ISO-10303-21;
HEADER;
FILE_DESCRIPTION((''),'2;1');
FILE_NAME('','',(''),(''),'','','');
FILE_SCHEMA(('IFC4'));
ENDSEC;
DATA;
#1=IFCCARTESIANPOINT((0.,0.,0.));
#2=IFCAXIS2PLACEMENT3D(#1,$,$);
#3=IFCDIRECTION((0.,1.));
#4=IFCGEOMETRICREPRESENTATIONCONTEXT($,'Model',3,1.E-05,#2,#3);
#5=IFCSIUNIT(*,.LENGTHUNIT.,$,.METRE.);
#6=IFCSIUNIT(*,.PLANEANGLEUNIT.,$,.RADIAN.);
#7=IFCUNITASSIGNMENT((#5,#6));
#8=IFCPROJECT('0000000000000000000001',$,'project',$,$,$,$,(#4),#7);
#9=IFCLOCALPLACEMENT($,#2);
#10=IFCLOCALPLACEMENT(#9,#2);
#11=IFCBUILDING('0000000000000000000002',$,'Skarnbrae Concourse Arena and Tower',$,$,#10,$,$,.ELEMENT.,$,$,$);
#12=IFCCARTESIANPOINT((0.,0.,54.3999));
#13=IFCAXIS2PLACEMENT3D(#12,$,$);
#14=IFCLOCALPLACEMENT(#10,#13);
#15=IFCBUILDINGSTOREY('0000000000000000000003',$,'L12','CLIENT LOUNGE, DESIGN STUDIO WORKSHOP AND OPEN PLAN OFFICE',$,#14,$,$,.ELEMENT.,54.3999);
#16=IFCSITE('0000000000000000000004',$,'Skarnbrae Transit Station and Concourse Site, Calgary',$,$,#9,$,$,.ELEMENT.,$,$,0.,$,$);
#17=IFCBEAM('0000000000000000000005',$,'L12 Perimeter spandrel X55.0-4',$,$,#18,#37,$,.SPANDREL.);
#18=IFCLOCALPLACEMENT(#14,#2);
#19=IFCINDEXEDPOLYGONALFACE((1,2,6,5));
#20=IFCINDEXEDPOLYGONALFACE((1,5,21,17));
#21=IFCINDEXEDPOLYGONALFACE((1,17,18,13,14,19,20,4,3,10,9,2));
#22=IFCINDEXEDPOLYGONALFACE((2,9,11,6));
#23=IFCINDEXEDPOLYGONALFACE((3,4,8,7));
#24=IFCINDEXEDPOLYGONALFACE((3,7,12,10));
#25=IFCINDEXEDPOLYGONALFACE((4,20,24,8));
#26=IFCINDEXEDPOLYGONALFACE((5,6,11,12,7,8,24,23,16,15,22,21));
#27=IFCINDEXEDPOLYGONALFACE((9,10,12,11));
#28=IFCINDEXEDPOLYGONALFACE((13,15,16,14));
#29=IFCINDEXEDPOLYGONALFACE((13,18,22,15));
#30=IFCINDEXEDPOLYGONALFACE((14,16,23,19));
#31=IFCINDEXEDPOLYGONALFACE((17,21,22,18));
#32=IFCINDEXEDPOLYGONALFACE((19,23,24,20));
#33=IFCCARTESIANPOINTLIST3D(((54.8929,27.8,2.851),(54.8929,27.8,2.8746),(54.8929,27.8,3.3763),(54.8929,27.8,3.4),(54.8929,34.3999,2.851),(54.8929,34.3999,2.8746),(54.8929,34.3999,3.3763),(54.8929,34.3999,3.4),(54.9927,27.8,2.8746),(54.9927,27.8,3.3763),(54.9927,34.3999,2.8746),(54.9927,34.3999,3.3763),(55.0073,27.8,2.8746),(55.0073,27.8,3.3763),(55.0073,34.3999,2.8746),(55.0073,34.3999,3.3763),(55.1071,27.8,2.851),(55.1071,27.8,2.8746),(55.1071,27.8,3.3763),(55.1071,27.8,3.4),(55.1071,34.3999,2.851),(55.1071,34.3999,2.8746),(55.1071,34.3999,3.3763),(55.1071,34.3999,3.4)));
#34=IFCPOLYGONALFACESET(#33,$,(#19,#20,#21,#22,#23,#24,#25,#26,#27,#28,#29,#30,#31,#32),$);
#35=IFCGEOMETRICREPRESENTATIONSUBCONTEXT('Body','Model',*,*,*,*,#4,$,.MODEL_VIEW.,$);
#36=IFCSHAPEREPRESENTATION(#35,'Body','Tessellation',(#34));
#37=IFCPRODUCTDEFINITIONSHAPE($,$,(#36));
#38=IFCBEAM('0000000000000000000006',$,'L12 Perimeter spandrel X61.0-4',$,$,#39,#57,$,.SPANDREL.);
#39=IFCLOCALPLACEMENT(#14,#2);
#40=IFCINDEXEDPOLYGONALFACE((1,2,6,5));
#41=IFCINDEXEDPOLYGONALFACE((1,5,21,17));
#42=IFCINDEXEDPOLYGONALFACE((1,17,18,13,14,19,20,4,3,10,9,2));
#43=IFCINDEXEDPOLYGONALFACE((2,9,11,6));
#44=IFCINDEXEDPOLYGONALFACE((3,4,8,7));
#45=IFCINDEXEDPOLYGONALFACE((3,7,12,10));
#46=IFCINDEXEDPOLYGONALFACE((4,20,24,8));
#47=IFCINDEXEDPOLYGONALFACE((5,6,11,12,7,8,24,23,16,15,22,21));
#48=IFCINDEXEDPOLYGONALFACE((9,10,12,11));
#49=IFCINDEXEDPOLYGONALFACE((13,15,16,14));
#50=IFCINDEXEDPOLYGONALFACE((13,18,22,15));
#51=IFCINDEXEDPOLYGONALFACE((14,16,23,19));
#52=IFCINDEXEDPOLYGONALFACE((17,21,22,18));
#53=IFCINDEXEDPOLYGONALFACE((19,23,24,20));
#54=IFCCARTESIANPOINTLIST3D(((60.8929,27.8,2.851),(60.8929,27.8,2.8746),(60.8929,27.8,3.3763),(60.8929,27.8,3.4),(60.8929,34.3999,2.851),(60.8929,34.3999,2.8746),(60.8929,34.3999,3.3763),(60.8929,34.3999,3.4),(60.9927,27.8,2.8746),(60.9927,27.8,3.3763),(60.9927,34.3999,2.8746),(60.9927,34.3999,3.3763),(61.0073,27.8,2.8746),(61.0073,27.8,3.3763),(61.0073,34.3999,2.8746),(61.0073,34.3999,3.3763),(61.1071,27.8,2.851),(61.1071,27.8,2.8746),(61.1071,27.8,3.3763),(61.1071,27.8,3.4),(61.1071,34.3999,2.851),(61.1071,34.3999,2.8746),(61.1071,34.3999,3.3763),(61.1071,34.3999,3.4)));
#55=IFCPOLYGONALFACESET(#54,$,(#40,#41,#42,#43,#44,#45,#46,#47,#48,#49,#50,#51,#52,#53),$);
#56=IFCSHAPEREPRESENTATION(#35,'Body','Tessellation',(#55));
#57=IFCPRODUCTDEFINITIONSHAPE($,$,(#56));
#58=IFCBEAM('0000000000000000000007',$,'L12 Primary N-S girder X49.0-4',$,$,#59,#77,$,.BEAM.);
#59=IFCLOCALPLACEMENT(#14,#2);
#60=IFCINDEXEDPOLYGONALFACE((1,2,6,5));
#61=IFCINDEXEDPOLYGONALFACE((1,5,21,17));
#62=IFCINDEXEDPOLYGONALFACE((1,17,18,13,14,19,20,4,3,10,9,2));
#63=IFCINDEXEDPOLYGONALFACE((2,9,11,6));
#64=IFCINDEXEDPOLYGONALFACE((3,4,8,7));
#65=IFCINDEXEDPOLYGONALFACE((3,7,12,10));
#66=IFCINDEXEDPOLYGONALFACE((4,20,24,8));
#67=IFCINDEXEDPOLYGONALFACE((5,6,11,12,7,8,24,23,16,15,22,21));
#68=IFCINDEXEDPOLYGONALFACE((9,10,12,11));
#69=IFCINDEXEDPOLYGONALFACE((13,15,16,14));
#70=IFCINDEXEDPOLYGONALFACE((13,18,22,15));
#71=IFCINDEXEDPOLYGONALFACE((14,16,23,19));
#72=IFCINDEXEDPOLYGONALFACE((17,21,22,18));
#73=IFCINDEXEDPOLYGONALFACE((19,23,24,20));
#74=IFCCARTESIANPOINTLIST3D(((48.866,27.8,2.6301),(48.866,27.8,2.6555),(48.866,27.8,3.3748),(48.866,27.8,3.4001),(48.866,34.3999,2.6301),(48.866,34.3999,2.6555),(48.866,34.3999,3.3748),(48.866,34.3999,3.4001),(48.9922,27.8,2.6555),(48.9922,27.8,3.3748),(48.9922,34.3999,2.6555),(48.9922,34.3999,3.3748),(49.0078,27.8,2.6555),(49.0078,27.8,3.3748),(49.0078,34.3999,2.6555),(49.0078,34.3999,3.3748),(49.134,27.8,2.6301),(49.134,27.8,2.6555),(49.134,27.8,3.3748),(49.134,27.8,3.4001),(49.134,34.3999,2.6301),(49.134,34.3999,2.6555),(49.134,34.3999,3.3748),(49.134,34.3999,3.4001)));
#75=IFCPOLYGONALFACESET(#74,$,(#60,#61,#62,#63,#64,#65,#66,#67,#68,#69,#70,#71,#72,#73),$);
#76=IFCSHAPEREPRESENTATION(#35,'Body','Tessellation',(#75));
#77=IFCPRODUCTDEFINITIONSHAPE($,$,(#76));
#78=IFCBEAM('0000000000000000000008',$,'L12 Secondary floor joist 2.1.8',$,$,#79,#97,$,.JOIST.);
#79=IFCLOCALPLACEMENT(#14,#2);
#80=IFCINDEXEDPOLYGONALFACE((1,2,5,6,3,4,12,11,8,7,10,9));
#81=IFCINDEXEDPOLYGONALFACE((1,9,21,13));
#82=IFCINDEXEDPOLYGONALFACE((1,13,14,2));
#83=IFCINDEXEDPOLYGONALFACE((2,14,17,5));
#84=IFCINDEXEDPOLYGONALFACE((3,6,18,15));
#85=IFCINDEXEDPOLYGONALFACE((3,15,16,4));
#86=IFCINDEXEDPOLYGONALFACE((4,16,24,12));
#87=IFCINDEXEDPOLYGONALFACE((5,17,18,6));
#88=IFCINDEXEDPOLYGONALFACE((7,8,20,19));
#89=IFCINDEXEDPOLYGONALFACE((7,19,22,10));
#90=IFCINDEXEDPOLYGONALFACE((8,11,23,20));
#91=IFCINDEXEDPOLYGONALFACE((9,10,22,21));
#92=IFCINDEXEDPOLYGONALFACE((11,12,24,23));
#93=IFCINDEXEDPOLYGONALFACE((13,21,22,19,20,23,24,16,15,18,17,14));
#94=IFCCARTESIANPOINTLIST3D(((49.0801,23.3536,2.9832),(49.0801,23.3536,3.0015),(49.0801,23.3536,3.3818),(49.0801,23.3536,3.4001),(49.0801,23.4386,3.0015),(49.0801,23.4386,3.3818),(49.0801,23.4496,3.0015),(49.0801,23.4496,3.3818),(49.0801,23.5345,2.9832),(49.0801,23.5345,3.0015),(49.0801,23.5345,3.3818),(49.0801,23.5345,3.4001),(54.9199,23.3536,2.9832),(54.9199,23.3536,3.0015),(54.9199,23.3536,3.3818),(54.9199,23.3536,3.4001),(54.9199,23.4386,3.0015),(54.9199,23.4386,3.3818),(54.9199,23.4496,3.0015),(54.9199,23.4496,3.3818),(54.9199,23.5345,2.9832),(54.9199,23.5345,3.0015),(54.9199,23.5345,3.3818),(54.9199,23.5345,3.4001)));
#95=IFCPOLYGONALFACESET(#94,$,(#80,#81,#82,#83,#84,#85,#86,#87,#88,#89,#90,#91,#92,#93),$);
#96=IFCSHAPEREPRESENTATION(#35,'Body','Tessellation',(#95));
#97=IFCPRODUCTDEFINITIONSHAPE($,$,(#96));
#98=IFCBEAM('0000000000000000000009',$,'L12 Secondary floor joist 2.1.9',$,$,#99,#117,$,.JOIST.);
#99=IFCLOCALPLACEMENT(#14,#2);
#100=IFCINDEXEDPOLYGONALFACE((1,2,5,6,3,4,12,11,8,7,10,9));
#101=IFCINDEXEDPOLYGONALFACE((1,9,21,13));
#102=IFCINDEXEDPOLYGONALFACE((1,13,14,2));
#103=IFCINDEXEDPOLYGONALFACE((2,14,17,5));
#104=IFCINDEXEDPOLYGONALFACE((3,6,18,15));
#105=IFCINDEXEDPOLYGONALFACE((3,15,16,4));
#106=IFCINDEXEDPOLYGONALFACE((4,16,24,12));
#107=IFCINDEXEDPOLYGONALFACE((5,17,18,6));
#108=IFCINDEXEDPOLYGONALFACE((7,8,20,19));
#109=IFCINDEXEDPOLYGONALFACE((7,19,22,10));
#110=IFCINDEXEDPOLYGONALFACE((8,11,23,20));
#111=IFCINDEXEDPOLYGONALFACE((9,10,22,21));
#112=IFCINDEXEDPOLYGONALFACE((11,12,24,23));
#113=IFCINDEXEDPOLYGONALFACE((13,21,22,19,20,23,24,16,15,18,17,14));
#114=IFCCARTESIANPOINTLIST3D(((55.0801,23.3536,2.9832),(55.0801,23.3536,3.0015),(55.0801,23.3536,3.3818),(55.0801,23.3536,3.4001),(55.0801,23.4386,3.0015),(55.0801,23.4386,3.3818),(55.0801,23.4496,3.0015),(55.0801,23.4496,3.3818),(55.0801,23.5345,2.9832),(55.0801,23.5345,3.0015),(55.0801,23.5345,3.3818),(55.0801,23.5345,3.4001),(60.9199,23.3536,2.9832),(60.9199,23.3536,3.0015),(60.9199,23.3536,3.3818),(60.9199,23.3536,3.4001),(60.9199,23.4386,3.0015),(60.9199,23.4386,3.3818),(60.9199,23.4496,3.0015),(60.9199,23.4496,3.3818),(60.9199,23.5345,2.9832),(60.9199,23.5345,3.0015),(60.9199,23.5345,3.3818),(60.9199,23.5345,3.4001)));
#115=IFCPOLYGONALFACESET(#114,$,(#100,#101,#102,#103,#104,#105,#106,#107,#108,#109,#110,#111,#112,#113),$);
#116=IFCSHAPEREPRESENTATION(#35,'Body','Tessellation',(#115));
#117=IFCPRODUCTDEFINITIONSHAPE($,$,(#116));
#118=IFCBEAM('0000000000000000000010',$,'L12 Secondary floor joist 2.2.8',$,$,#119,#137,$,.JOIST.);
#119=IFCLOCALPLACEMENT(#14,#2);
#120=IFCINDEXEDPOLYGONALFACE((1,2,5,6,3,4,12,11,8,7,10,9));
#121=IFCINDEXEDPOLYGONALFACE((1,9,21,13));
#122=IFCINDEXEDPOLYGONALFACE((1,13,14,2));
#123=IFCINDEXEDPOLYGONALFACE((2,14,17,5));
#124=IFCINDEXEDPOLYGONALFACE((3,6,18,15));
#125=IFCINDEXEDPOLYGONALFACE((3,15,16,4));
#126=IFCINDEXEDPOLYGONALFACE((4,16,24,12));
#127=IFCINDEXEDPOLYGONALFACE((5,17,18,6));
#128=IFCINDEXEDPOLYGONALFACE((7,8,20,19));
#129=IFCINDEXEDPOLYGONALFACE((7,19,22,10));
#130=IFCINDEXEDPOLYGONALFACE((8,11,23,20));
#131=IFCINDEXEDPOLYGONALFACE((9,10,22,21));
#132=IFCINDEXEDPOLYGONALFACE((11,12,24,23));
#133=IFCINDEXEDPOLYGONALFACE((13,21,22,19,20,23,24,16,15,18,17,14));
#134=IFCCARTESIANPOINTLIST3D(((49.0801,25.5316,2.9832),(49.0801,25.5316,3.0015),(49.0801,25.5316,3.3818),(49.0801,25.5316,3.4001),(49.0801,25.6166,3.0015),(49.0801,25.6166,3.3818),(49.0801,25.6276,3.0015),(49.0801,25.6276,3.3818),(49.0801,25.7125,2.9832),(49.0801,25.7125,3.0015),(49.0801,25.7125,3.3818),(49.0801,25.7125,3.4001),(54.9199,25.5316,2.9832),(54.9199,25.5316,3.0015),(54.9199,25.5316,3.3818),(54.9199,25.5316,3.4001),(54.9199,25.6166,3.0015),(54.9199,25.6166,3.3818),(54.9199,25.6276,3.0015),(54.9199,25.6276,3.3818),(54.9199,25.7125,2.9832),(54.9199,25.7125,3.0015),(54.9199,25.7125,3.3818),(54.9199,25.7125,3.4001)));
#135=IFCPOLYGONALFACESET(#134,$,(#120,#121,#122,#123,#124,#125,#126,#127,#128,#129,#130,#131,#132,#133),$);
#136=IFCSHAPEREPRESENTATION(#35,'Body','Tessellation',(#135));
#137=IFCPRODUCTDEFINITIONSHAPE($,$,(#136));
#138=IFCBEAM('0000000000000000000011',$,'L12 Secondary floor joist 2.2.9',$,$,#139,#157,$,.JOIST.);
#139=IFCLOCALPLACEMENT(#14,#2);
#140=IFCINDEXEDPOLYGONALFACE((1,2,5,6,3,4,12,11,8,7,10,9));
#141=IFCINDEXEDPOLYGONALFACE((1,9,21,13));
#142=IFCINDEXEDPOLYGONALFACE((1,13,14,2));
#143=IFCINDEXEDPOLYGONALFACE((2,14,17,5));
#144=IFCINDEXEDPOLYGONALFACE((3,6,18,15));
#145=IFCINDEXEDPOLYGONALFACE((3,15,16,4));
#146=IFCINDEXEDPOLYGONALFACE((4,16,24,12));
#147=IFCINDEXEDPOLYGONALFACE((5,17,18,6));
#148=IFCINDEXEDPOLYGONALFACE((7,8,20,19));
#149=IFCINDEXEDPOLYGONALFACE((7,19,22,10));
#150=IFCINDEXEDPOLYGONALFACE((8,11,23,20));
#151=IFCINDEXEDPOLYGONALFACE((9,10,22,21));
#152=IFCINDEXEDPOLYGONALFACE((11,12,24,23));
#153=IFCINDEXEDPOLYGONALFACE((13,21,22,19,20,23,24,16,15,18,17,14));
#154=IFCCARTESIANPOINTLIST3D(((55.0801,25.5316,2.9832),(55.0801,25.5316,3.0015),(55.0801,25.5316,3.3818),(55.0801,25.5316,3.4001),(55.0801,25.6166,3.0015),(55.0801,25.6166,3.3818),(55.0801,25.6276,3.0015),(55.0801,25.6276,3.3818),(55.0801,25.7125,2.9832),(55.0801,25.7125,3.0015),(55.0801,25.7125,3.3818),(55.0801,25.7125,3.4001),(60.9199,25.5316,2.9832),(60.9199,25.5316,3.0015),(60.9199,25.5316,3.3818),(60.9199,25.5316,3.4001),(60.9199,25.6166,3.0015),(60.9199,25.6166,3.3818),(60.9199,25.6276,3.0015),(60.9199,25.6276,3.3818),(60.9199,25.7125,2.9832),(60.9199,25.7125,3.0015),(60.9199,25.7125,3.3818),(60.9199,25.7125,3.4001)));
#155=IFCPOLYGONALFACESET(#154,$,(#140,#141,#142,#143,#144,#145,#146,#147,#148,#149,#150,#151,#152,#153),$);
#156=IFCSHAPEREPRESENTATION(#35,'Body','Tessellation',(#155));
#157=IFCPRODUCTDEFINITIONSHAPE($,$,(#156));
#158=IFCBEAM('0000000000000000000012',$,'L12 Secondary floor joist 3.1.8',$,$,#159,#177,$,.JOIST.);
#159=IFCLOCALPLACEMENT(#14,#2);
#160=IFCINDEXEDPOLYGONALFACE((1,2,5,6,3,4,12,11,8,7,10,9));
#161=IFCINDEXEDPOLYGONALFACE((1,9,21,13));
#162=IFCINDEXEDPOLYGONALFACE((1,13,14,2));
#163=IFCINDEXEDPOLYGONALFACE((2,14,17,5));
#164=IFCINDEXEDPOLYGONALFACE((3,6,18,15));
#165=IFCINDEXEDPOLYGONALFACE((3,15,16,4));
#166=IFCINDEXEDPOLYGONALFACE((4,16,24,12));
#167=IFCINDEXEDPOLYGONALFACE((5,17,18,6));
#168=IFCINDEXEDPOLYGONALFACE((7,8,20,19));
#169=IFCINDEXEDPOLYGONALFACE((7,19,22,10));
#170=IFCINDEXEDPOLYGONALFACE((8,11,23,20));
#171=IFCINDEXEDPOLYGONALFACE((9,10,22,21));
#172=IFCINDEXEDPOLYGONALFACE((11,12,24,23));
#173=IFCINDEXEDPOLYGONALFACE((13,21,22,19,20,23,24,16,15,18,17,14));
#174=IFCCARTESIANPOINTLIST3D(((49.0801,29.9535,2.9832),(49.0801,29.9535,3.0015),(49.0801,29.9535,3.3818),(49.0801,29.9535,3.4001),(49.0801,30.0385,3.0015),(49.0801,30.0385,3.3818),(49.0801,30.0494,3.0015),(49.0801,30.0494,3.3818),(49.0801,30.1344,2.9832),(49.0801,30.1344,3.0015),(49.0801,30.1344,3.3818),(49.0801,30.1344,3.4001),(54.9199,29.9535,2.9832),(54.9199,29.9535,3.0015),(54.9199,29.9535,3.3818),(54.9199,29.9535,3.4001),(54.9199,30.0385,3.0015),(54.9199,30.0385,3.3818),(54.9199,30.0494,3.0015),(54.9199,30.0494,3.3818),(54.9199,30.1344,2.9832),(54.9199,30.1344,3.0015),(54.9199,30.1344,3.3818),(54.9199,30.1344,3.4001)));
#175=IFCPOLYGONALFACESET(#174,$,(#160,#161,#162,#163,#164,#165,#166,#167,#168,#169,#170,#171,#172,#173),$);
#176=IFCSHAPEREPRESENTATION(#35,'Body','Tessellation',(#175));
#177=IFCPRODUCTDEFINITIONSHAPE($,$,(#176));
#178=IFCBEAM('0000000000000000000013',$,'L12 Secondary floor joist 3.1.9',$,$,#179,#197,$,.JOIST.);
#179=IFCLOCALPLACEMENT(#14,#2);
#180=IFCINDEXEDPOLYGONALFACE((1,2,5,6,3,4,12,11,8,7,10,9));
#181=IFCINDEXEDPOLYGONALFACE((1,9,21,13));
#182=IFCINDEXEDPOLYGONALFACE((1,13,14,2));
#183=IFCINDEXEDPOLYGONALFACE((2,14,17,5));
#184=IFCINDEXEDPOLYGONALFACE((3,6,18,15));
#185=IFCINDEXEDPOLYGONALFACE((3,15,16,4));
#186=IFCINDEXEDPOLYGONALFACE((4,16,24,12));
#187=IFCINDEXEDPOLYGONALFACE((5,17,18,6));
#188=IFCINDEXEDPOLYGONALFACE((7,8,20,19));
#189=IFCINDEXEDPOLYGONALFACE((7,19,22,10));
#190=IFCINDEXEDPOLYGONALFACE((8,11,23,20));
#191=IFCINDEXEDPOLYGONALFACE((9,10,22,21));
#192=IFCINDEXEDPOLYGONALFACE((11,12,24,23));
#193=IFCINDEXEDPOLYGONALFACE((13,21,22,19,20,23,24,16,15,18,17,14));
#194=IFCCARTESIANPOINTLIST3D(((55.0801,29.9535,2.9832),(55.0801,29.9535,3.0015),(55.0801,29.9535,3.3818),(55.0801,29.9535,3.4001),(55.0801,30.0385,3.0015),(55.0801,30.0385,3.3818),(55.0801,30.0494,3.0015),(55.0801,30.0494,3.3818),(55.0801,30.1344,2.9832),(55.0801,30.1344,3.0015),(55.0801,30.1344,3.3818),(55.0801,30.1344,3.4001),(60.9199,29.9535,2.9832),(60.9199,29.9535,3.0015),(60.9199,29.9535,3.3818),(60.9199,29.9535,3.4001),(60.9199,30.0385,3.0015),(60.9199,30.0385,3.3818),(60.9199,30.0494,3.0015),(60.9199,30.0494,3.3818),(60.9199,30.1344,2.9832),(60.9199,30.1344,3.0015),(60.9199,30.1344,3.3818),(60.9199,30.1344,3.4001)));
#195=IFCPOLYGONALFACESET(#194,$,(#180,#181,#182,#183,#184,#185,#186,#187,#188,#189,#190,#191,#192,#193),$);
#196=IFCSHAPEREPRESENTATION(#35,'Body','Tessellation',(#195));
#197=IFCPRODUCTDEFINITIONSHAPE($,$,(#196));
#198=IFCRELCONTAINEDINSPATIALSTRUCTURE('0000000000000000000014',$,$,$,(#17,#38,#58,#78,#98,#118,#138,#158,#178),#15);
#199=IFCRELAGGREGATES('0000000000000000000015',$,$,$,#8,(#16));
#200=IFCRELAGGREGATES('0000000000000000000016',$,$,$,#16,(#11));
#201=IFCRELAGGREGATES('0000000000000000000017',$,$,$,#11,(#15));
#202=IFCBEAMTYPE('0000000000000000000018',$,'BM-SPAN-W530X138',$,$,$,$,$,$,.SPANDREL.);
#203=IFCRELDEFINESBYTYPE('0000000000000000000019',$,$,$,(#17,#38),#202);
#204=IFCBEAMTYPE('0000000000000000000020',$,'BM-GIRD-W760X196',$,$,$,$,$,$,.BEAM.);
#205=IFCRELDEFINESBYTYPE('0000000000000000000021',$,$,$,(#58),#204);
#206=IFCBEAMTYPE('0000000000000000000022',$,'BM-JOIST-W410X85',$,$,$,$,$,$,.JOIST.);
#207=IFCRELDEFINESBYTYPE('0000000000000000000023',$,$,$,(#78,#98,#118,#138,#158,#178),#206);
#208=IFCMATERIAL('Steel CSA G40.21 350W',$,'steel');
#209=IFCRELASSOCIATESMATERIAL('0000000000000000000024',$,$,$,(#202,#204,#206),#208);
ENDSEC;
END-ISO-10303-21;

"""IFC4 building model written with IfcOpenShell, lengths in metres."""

from ifc_helpers import new_model, si_unit, direction, frame, origin, origin_2d, place, context, subcontext, project, spatial, i_section, extrude, source, transform, mapped, material, material_profile, profile_set, type_object, element, save


model = new_model("IFC4")

# Units and contexts
model_context = context("Model", 3, precision=1e-05, world=origin(), true_north=direction((0.0, 1.0)))
body_context = subcontext(model_context, "Body", "Model", "MODEL_VIEW")
ifc_project = project(units=[si_unit("LENGTHUNIT", "METRE"), si_unit("PLANEANGLEUNIT", "RADIAN")], contexts=[model_context])

# Site, building, storey
site_placement = place(None, origin())
site = spatial("IfcSite", under=ifc_project, at=site_placement, Name="Skarnbrae Transit Station and Concourse Site, Calgary", CompositionType="ELEMENT", RefElevation=0.0)
building_placement = place(site_placement, origin())
building = spatial("IfcBuilding", under=site, at=building_placement, Name="Skarnbrae Concourse Arena and Tower", CompositionType="ELEMENT")
storey_placement = place(building_placement, frame((0.0, 0.0, 54.3999)))
storey = spatial("IfcBuildingStorey", under=building, at=storey_placement, Name="L12", Description="CLIENT LOUNGE, DESIGN STUDIO WORKSHOP AND OPEN PLAN OFFICE", CompositionType="ELEMENT", Elevation=54.3999)

# Shared definitions
ifc_material_1 = material(Name="Steel CSA G40.21 350W", Category="steel")

# Beams
ifc_material_profile_1 = material_profile(ifc_material_1, i_section(OverallWidth=0.2141, OverallDepth=0.5491, WebThickness=0.0146, FlangeThickness=0.0237, at=origin_2d()), Name="W530X138")
ifc_profile_set_1 = profile_set([ifc_material_profile_1], Name="Steel CSA G40.21 350W")
beam_type_1 = type_object("IfcBeamType", Name="BM-SPAN-W530X138", PredefinedType="SPANDREL", material=ifc_profile_set_1)
ifc_material_profile_2 = material_profile(ifc_material_1, i_section(OverallWidth=0.2681, OverallDepth=0.77, WebThickness=0.0156, FlangeThickness=0.0254, at=origin_2d()), Name="W760X196")
ifc_profile_set_2 = profile_set([ifc_material_profile_2], Name="Steel CSA G40.21 350W")
beam_type_2 = type_object("IfcBeamType", Name="BM-GIRD-W760X196", PredefinedType="BEAM", material=ifc_profile_set_2)
shared_shape_1 = source(origin(), body_context, "Body", "SweptSolid", [
    extrude(i_section(OverallWidth=0.2141, OverallDepth=0.5491, WebThickness=0.0146, FlangeThickness=0.0237, at=origin_2d()), origin(), (0.0, 0.0, 1.0), 6.5999),
])
for number, where, z_axis, x_axis, name in (
    (1, (55.0, 27.8, 3.1255), (0.0, 1.0, 0.0), (-1.0, 0.0, 0.0), "L12 Perimeter spandrel X55.0-4"),
    (2, (61.0, 27.8, 3.1255), (0.0, 1.0, 0.0), (-1.0, 0.0, 0.0), "L12 Perimeter spandrel X61.0-4"),
):
    element("IfcBeam", number, at=place(storey_placement, frame(where, z_axis=z_axis, x_axis=x_axis)), inside=storey, type_object=beam_type_1, Name=name, PredefinedType="SPANDREL", context=body_context, shape_type="MappedRepresentation", body=[
        mapped(shared_shape_1, transform((0.0, 0.0, 0.0))),
    ])
shared_shape_2 = source(origin(), body_context, "Body", "SweptSolid", [
    extrude(i_section(OverallWidth=0.2681, OverallDepth=0.77, WebThickness=0.0156, FlangeThickness=0.0254, at=origin_2d()), origin(), (0.0, 0.0, 1.0), 6.5999),
])
beam_1_placement = place(storey_placement, frame((49.0, 27.8, 3.0151), z_axis=(0.0, 1.0, 0.0), x_axis=(-1.0, 0.0, 0.0)))
element("IfcBeam", 3, at=beam_1_placement, inside=storey, type_object=beam_type_2, Name="L12 Primary N-S girder X49.0-4", PredefinedType="BEAM", context=body_context, shape_type="MappedRepresentation", body=[
    mapped(shared_shape_2, transform((0.0, 0.0, 0.0))),
])
ifc_material_profile_3 = material_profile(ifc_material_1, i_section(OverallWidth=0.1809, OverallDepth=0.417, WebThickness=0.011, FlangeThickness=0.0183, at=origin_2d()), Name="W410X85")
ifc_profile_set_3 = profile_set([ifc_material_profile_3], Name="Steel CSA G40.21 350W")
beam_type_3 = type_object("IfcBeamType", Name="BM-JOIST-W410X85", PredefinedType="JOIST", material=ifc_profile_set_3)
shared_shape_3 = source(origin(), body_context, "Body", "SweptSolid", [
    extrude(i_section(OverallWidth=0.1809, OverallDepth=0.417, WebThickness=0.011, FlangeThickness=0.0183, at=origin_2d()), origin(), (0.0, 0.0, 1.0), 5.8398),
])
for number, where, z_axis, x_axis, name in (
    (4, (49.0801, 23.4441, 3.1917), (1.0, 0.0, 0.0), (0.0, 1.0, 0.0), "L12 Secondary floor joist 2.1.8"),
    (5, (55.0801, 23.4441, 3.1917), (1.0, 0.0, 0.0), (0.0, 1.0, 0.0), "L12 Secondary floor joist 2.1.9"),
    (6, (49.0801, 25.6221, 3.1917), (1.0, 0.0, 0.0), (0.0, 1.0, 0.0), "L12 Secondary floor joist 2.2.8"),
    (7, (55.0801, 25.6221, 3.1917), (1.0, 0.0, 0.0), (0.0, 1.0, 0.0), "L12 Secondary floor joist 2.2.9"),
    (8, (49.0801, 30.0439, 3.1917), (1.0, 0.0, 0.0), (0.0, 1.0, 0.0), "L12 Secondary floor joist 3.1.8"),
    (9, (55.0801, 30.0439, 3.1917), (1.0, 0.0, 0.0), (0.0, 1.0, 0.0), "L12 Secondary floor joist 3.1.9"),
):
    element("IfcBeam", number, at=place(storey_placement, frame(where, z_axis=z_axis, x_axis=x_axis)), inside=storey, type_object=beam_type_3, Name=name, PredefinedType="JOIST", context=body_context, shape_type="MappedRepresentation", body=[
        mapped(shared_shape_3, transform((0.0, 0.0, 0.0))),
    ])

save(model, "model.ifc")
